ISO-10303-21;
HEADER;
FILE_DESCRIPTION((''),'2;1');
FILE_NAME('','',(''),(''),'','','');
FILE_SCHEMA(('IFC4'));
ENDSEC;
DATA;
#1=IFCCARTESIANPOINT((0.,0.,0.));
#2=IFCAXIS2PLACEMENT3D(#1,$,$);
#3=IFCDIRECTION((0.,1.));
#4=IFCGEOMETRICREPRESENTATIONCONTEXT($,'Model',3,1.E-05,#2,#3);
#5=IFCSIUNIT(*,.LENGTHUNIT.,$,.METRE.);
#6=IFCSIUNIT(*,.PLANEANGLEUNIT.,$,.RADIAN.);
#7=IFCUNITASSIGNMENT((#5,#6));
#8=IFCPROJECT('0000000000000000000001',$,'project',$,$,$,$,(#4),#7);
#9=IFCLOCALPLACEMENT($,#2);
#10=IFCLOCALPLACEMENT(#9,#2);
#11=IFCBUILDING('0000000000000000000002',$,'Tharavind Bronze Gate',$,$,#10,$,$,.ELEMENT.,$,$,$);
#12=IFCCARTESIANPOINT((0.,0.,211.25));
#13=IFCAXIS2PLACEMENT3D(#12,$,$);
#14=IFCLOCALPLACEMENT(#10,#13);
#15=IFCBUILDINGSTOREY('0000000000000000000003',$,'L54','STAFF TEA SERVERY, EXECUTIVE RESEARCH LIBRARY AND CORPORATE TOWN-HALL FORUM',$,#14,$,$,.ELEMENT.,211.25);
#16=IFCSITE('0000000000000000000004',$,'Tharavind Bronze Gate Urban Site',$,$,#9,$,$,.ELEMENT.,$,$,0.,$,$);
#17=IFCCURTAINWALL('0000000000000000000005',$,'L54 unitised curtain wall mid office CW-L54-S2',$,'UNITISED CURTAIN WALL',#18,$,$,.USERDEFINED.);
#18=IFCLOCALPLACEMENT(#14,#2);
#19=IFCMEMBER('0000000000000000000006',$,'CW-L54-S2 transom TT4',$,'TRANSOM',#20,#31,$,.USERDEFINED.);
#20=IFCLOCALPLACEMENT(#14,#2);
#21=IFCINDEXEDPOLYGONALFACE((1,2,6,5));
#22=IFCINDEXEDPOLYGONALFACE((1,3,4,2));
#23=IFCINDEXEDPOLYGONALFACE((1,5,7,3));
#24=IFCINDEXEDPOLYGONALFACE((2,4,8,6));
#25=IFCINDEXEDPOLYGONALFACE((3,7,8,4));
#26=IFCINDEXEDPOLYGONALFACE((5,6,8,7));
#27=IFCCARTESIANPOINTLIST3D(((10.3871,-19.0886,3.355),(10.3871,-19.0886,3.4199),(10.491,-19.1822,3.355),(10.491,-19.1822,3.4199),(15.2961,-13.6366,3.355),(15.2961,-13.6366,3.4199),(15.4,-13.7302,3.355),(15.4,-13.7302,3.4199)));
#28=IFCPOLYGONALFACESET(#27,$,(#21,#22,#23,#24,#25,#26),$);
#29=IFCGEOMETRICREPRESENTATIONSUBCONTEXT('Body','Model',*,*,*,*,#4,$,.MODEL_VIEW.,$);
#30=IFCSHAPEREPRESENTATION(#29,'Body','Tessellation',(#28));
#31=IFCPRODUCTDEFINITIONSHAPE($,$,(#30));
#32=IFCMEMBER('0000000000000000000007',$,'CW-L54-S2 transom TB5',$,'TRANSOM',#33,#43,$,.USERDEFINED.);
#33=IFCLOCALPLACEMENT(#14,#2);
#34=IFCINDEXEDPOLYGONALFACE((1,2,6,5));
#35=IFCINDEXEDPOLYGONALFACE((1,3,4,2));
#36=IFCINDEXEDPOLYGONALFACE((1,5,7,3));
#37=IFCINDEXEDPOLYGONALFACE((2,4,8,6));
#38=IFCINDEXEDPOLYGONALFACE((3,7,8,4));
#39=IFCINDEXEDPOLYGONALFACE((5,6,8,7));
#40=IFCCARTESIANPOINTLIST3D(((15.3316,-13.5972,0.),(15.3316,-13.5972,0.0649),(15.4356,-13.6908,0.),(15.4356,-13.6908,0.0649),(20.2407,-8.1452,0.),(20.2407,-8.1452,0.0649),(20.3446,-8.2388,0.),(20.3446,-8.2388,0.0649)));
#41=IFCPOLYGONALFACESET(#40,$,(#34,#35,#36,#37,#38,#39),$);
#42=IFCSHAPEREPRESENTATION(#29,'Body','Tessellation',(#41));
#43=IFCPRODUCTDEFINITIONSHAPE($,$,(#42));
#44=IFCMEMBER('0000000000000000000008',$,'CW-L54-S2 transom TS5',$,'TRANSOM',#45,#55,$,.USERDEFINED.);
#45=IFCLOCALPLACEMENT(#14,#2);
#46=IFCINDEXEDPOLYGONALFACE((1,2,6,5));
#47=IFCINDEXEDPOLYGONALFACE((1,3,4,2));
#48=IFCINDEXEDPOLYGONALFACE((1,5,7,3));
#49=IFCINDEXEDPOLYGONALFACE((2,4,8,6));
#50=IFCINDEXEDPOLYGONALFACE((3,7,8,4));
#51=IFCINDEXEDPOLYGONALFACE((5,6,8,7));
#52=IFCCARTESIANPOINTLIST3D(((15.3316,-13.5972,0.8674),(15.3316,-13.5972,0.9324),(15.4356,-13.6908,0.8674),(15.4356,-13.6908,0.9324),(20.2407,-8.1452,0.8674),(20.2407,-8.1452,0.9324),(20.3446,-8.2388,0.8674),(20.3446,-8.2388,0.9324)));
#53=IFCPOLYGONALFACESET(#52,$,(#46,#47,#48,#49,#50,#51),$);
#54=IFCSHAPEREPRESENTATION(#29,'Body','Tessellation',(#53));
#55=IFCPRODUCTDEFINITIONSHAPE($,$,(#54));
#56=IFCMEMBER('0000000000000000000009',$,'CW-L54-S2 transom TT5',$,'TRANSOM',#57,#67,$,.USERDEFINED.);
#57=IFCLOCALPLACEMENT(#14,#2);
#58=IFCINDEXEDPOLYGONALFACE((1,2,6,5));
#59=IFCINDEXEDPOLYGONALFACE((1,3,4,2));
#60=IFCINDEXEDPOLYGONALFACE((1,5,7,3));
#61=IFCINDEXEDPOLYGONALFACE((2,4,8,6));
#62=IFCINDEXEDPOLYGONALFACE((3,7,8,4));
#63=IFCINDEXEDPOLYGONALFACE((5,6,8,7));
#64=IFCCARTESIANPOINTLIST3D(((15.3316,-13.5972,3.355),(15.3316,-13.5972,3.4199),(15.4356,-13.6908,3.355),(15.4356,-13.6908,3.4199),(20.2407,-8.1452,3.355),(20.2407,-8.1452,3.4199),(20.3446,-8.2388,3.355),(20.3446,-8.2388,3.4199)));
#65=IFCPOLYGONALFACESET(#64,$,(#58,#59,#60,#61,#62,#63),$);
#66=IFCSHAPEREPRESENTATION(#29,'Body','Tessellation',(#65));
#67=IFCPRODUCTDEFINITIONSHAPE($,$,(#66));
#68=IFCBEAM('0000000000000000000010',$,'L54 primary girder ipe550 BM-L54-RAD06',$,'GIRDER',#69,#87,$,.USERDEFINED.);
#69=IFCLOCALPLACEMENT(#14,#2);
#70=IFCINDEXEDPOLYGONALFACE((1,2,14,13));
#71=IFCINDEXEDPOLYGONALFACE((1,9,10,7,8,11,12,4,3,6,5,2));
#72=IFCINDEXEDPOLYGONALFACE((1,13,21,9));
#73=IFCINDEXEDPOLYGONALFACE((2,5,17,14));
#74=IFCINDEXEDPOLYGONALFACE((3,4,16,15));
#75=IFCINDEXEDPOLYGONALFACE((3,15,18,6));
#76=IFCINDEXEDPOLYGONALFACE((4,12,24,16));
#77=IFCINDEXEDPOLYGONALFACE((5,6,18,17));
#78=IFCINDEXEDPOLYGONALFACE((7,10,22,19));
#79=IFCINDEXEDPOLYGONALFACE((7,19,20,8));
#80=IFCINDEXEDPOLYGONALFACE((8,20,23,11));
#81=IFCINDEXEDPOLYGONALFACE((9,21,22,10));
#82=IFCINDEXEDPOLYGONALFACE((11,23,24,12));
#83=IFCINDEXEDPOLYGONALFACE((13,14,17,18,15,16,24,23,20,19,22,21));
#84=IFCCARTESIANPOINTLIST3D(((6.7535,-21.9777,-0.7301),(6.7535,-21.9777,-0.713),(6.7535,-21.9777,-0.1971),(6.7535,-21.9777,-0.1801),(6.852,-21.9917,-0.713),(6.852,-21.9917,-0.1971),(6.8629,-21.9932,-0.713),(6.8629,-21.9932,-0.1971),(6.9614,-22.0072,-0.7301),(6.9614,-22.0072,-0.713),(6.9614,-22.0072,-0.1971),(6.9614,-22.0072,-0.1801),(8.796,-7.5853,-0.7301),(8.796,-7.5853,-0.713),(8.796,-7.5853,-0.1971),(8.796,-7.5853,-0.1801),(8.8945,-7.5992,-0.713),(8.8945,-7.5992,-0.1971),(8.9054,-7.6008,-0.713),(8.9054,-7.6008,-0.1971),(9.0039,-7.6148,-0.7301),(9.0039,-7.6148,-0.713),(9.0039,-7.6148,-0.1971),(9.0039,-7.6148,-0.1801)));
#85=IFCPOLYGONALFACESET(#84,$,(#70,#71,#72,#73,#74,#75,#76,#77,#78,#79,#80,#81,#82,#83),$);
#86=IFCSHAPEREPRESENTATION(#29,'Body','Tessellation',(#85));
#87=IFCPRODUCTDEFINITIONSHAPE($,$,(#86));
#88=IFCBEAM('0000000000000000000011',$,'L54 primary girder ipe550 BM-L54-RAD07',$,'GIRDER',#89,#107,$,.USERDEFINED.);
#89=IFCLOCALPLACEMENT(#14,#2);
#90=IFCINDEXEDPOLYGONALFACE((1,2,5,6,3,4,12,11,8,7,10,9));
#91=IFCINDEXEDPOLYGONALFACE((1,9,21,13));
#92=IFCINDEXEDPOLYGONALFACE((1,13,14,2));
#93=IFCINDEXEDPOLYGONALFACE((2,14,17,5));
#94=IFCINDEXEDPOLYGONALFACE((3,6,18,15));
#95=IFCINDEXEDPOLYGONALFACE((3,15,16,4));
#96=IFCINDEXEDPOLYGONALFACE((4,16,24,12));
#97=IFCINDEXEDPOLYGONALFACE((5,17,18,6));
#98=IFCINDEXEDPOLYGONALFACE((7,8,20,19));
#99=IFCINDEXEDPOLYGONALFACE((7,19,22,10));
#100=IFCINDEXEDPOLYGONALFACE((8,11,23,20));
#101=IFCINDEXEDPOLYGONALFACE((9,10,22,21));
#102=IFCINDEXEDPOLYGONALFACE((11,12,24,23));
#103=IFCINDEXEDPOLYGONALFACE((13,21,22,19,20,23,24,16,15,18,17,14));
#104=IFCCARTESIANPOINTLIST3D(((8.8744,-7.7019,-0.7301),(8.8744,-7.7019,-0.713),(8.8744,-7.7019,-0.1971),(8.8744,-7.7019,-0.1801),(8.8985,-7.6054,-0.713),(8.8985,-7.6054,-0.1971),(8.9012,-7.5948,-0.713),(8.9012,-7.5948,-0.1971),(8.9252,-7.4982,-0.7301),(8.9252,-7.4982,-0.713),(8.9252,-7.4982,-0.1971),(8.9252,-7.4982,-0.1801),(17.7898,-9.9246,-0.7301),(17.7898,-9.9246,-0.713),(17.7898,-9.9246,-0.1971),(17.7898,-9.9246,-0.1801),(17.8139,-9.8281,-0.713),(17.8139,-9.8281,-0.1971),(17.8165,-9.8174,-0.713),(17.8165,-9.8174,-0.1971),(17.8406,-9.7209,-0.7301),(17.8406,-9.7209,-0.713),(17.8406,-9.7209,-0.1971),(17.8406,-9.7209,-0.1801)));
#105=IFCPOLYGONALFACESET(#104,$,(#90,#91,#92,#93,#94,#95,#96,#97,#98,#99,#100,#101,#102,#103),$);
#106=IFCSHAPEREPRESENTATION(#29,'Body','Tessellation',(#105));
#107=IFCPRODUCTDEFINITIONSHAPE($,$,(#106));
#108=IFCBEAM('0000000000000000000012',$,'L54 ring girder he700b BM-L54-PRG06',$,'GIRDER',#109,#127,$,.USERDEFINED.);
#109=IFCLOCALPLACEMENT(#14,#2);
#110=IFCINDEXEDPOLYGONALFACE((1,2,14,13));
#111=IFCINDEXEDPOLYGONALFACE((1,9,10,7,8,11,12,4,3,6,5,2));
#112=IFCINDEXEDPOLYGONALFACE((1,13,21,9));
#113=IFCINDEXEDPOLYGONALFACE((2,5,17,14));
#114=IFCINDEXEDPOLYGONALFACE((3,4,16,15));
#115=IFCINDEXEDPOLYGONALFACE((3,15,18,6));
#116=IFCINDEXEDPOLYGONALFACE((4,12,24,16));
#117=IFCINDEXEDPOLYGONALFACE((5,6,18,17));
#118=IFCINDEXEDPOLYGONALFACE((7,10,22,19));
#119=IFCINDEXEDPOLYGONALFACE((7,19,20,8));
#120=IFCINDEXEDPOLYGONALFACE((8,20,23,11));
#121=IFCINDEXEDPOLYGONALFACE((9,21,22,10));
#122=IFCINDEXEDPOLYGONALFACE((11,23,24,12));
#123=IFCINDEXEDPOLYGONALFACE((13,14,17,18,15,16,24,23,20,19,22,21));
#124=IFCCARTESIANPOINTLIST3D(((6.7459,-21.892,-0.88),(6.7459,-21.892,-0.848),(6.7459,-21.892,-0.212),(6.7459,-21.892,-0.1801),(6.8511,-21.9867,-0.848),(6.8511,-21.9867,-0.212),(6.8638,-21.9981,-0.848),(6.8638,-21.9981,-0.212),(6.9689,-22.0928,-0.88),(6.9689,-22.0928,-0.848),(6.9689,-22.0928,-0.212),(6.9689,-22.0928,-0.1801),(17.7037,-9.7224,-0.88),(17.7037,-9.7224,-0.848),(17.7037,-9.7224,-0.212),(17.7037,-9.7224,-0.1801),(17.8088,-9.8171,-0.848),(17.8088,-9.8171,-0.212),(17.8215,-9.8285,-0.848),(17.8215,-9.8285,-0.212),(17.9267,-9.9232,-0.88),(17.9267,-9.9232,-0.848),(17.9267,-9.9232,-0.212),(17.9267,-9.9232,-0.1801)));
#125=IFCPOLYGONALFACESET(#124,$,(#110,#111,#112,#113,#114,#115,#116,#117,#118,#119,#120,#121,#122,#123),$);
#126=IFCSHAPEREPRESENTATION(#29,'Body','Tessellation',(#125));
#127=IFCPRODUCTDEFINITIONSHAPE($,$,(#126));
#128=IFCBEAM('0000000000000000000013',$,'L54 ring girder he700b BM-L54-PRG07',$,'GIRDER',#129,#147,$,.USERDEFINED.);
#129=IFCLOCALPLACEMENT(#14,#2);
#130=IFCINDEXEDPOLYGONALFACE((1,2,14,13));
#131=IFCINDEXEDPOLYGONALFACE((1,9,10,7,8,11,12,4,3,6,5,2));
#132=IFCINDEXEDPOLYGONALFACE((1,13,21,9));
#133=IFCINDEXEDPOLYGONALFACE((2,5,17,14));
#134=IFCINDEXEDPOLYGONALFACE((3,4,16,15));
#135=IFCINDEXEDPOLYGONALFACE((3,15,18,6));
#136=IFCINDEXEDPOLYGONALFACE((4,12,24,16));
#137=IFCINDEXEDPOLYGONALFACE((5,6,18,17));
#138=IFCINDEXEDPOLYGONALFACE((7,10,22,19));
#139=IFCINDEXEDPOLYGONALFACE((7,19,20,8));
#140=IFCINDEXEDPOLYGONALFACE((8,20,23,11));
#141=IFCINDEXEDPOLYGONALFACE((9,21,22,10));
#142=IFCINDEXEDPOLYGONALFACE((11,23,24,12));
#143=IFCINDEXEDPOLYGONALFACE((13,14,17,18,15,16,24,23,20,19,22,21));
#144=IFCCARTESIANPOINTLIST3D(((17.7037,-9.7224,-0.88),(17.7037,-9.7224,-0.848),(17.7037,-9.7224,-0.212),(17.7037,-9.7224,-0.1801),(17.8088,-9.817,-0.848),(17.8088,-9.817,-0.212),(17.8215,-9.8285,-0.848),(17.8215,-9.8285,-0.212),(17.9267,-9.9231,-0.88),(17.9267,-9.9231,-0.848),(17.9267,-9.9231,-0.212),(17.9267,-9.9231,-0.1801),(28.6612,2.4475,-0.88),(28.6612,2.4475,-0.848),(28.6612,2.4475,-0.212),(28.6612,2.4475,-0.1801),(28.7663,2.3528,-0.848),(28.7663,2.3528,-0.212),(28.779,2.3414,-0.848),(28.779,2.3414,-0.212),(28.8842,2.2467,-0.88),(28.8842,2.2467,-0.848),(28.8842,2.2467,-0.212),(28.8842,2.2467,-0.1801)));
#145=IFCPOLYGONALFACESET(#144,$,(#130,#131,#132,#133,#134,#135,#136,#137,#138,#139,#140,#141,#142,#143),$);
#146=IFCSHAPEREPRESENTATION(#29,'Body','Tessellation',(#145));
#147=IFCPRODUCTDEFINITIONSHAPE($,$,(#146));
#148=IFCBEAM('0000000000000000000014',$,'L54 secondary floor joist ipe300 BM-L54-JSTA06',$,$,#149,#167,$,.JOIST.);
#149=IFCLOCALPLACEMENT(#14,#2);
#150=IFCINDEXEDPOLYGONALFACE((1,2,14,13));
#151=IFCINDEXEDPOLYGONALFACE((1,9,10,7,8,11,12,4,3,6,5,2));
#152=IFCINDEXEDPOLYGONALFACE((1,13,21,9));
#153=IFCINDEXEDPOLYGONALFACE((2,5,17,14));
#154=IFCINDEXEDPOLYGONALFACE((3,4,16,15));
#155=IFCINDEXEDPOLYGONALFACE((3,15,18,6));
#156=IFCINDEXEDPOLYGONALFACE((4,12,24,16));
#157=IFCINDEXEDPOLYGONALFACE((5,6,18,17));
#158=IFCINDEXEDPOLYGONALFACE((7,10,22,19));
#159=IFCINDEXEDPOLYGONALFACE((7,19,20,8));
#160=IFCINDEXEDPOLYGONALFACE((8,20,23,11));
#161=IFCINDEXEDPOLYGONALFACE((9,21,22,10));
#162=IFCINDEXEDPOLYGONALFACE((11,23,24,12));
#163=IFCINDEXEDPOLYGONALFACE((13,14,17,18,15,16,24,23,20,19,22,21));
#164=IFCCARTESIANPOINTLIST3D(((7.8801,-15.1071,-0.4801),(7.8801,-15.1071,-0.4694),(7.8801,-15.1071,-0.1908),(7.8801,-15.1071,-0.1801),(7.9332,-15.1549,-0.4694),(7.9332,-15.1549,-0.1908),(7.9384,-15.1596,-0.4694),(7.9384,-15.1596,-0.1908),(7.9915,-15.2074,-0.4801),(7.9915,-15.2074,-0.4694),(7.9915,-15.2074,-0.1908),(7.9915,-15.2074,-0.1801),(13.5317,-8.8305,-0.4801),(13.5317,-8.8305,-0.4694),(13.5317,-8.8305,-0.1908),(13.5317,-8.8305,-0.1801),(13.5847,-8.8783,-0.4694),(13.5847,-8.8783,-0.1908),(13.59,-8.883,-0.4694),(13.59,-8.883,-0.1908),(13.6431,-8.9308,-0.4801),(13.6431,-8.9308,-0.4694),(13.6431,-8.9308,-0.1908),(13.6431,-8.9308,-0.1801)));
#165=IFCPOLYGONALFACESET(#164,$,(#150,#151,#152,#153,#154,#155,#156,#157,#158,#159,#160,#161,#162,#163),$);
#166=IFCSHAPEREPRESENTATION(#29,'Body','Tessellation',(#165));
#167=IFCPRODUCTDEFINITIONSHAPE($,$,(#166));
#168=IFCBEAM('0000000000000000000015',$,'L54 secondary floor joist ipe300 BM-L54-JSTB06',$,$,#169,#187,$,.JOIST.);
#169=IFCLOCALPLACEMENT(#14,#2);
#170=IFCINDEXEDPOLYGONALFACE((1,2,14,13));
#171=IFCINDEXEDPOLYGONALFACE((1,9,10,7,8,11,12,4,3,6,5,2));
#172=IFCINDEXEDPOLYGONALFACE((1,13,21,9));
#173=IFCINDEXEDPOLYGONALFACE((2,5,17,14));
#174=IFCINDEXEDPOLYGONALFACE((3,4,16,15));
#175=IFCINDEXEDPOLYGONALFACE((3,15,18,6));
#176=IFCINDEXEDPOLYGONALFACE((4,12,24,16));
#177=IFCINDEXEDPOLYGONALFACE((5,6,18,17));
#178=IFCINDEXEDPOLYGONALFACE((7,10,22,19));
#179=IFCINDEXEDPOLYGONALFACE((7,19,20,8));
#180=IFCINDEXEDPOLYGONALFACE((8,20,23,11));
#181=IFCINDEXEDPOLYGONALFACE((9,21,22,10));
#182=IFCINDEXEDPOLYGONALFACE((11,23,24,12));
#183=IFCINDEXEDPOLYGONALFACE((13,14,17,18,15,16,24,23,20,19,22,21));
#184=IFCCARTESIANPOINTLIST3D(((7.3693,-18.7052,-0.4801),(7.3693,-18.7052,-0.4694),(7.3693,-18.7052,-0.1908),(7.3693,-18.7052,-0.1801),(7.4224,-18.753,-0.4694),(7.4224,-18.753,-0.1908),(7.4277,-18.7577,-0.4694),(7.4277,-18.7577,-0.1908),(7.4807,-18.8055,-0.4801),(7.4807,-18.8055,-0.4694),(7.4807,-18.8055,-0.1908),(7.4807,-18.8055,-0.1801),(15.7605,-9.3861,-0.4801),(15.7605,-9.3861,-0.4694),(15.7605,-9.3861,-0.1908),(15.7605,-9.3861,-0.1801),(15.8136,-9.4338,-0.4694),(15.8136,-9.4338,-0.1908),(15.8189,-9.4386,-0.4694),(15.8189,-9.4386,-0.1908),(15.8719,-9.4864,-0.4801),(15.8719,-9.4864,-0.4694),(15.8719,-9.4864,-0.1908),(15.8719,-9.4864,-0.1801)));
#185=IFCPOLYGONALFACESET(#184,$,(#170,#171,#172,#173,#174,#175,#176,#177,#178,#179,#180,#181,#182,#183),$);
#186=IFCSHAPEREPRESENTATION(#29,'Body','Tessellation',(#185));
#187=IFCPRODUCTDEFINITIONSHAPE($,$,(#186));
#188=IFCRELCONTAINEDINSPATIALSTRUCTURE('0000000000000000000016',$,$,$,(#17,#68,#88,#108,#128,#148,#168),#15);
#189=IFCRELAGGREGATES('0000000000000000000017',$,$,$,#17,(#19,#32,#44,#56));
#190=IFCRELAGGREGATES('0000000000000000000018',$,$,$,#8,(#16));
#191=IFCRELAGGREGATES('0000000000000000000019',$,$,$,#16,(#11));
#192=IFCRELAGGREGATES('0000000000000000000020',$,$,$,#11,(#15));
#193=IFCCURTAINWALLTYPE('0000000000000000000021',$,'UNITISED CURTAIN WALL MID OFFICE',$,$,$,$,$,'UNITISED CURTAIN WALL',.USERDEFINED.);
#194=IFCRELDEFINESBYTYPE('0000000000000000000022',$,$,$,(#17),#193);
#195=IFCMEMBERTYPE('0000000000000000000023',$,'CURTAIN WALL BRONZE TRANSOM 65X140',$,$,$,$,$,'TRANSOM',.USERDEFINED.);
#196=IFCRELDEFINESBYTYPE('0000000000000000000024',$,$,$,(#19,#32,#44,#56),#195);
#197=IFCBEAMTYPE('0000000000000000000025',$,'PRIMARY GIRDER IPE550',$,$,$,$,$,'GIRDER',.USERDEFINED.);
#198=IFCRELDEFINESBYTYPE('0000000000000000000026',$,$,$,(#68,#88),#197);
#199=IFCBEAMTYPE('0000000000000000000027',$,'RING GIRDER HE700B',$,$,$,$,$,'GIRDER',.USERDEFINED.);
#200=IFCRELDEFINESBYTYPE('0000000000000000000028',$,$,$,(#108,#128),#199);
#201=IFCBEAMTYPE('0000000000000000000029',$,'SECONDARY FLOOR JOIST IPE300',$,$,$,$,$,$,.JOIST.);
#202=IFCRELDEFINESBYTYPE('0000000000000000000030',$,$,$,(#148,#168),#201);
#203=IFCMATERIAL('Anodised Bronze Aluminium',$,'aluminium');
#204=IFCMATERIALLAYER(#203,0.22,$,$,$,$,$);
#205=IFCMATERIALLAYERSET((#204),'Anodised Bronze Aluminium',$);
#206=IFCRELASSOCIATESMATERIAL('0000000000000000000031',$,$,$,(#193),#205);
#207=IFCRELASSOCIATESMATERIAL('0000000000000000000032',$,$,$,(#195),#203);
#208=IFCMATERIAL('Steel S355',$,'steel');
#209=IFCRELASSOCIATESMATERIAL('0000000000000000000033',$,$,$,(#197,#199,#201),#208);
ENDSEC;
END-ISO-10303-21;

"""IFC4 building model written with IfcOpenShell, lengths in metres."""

from ifc_helpers import new_model, si_unit, direction, frame, origin, origin_2d, place, context, subcontext, project, spatial, rectangle, i_section, extrude, material, layer, layer_set, material_profile, profile_set, type_object, element, aggregate, save


model = new_model("IFC4")

# Units and contexts
model_context = context("Model", 3, precision=1e-05, world=origin(), true_north=direction((0.0, 1.0)))
body_context = subcontext(model_context, "Body", "Model", "MODEL_VIEW")
ifc_project = project(units=[si_unit("LENGTHUNIT", "METRE"), si_unit("PLANEANGLEUNIT", "RADIAN")], contexts=[model_context])

# Site, building, storey
site_placement = place(None, origin())
site = spatial("IfcSite", under=ifc_project, at=site_placement, Name="Tharavind Bronze Gate Urban Site", CompositionType="ELEMENT", RefElevation=0.0)
building_placement = place(site_placement, origin())
building = spatial("IfcBuilding", under=site, at=building_placement, Name="Tharavind Bronze Gate", CompositionType="ELEMENT")
storey_placement = place(building_placement, frame((0.0, 0.0, 211.25)))
storey = spatial("IfcBuildingStorey", under=building, at=storey_placement, Name="L54", Description="STAFF TEA SERVERY, EXECUTIVE RESEARCH LIBRARY AND CORPORATE TOWN-HALL FORUM", CompositionType="ELEMENT", Elevation=211.25)

# Curtain wall, members
ifc_material_1 = material(Name="Anodised Bronze Aluminium", Category="aluminium")
ifc_layer_1 = layer(ifc_material_1, 0.22)
ifc_layer_set_1 = layer_set([ifc_layer_1], Name="Anodised Bronze Aluminium")
curtain_wall_type = type_object("IfcCurtainWallType", Name="UNITISED CURTAIN WALL MID OFFICE", ElementType="UNITISED CURTAIN WALL", PredefinedType="USERDEFINED", material=ifc_layer_set_1)
curtain_wall_placement = place(storey_placement, origin())
curtain_wall = element("IfcCurtainWall", 1, at=curtain_wall_placement, inside=storey, type_object=curtain_wall_type, Name="L54 unitised curtain wall mid office CW-L54-S2", ObjectType="UNITISED CURTAIN WALL", PredefinedType="USERDEFINED")
member_type_1 = type_object("IfcMemberType", Name="CURTAIN WALL BRONZE TRANSOM 65X140", ElementType="TRANSOM", PredefinedType="USERDEFINED", material=ifc_material_1)
member_1_placement = place(storey_placement, frame((12.8936, -16.4094, 3.355), z_axis=(0.0, 0.0, 1.0), x_axis=(0.669131, 0.743145, 0.0)))
member_1 = element("IfcMember", 2, at=member_1_placement, type_object=member_type_1, Name="CW-L54-S2 transom TT4", ObjectType="TRANSOM", PredefinedType="USERDEFINED", context=body_context, shape_type="SweptSolid", body=[
    extrude(rectangle(XDim=7.3364, YDim=0.1399, at=origin_2d()), origin(), (0.0, 0.0, 1.0), 0.0649),
])
member_2_placement = place(storey_placement, frame((17.8381, -10.918, 0.0), z_axis=(0.0, 0.0, 1.0), x_axis=(0.669131, 0.743145, 0.0)))
member_2 = element("IfcMember", 3, at=member_2_placement, type_object=member_type_1, Name="CW-L54-S2 transom TB5", ObjectType="TRANSOM", PredefinedType="USERDEFINED", context=body_context, shape_type="SweptSolid", body=[
    extrude(rectangle(XDim=7.3364, YDim=0.1399, at=origin_2d()), origin(), (0.0, 0.0, 1.0), 0.0649),
])
member_3_placement = place(storey_placement, frame((17.8381, -10.918, 0.8674), z_axis=(0.0, 0.0, 1.0), x_axis=(0.669131, 0.743145, 0.0)))
member_3 = element("IfcMember", 4, at=member_3_placement, type_object=member_type_1, Name="CW-L54-S2 transom TS5", ObjectType="TRANSOM", PredefinedType="USERDEFINED", context=body_context, shape_type="SweptSolid", body=[
    extrude(rectangle(XDim=7.3364, YDim=0.1399, at=origin_2d()), origin(), (0.0, 0.0, 1.0), 0.0649),
])
member_4_placement = place(storey_placement, frame((17.8381, -10.918, 3.355), z_axis=(0.0, 0.0, 1.0), x_axis=(0.669131, 0.743145, 0.0)))
member_4 = element("IfcMember", 5, at=member_4_placement, type_object=member_type_1, Name="CW-L54-S2 transom TT5", ObjectType="TRANSOM", PredefinedType="USERDEFINED", context=body_context, shape_type="SweptSolid", body=[
    extrude(rectangle(XDim=7.3364, YDim=0.1399, at=origin_2d()), origin(), (0.0, 0.0, 1.0), 0.0649),
])

# Beams
ifc_material_2 = material(Name="Steel S355", Category="steel")
ifc_material_profile_1 = material_profile(ifc_material_2, i_section(OverallWidth=0.21, OverallDepth=0.55, WebThickness=0.011, FlangeThickness=0.0171, at=origin_2d()), Name="IPE550")
ifc_profile_set_1 = profile_set([ifc_material_profile_1], Name="Steel S355")
beam_type_1 = type_object("IfcBeamType", Name="PRIMARY GIRDER IPE550", ElementType="GIRDER", PredefinedType="USERDEFINED", material=ifc_profile_set_1)
beam_1_placement = place(storey_placement, frame((6.8574, -21.9924, -0.4551), z_axis=(0.140507, 0.99008, 0.0), x_axis=(-0.99008, 0.140507, 0.0)))
element("IfcBeam", 6, at=beam_1_placement, inside=storey, type_object=beam_type_1, Name="L54 primary girder ipe550 BM-L54-RAD06", ObjectType="GIRDER", PredefinedType="USERDEFINED", context=body_context, shape_type="SweptSolid", body=[
    extrude(i_section(OverallWidth=0.21, OverallDepth=0.55, WebThickness=0.011, FlangeThickness=0.0171, at=origin_2d()), origin(), (0.0, 0.0, 1.0), 14.5366),
])
beam_2_placement = place(storey_placement, frame((17.8152, -9.8228, -0.4551), z_axis=(-0.9703, 0.241904, 0.0), x_axis=(-0.241904, -0.9703, 0.0)))
element("IfcBeam", 7, at=beam_2_placement, inside=storey, type_object=beam_type_1, Name="L54 primary girder ipe550 BM-L54-RAD07", ObjectType="GIRDER", PredefinedType="USERDEFINED", context=body_context, shape_type="SweptSolid", body=[
    extrude(i_section(OverallWidth=0.21, OverallDepth=0.55, WebThickness=0.011, FlangeThickness=0.0171, at=origin_2d()), origin(), (0.0, 0.0, 1.0), 9.1882),
])
ifc_material_profile_2 = material_profile(ifc_material_2, i_section(OverallWidth=0.3, OverallDepth=0.7, WebThickness=0.0171, FlangeThickness=0.032, at=origin_2d()), Name="HE700B")
ifc_profile_set_2 = profile_set([ifc_material_profile_2], Name="Steel S355")
beam_type_2 = type_object("IfcBeamType", Name="RING GIRDER HE700B", ElementType="GIRDER", PredefinedType="USERDEFINED", material=ifc_profile_set_2)
for number, where, z_axis, x_axis, name in (
    (8, (6.8574, -21.9924, -0.53), (0.669135, 0.743141, 0.0), (-0.743141, 0.669135, 0.0), "L54 ring girder he700b BM-L54-PRG06"),
    (9, (17.8152, -9.8228, -0.53), (0.66912, 0.743155, 0.0), (-0.743155, 0.66912, 0.0), "L54 ring girder he700b BM-L54-PRG07"),
):
    element("IfcBeam", number, at=place(storey_placement, frame(where, z_axis=z_axis, x_axis=x_axis)), inside=storey, type_object=beam_type_2, Name=name, ObjectType="GIRDER", PredefinedType="USERDEFINED", context=body_context, shape_type="SweptSolid", body=[
        extrude(i_section(OverallWidth=0.3, OverallDepth=0.7, WebThickness=0.0171, FlangeThickness=0.032, at=origin_2d()), origin(), (0.0, 0.0, 1.0), 16.376),
    ])
ifc_material_profile_3 = material_profile(ifc_material_2, i_section(OverallWidth=0.1499, OverallDepth=0.3, WebThickness=0.0071, FlangeThickness=0.0107, at=origin_2d()), Name="IPE300")
ifc_profile_set_3 = profile_set([ifc_material_profile_3], Name="Steel S355")
beam_type_3 = type_object("IfcBeamType", Name="SECONDARY FLOOR JOIST IPE300", PredefinedType="JOIST", material=ifc_profile_set_3)
beam_3_placement = place(storey_placement, frame((7.9358, -15.1572, -0.3301), z_axis=(0.669139, 0.743137, 0.0), x_axis=(-0.743137, 0.669139, 0.0)))
element("IfcBeam", 10, at=beam_3_placement, inside=storey, type_object=beam_type_3, Name="L54 secondary floor joist ipe300 BM-L54-JSTA06", PredefinedType="JOIST", context=body_context, shape_type="SweptSolid", body=[
    extrude(i_section(OverallWidth=0.1499, OverallDepth=0.3, WebThickness=0.0071, FlangeThickness=0.0107, at=origin_2d()), origin(), (0.0, 0.0, 1.0), 8.446),
])
beam_4_placement = place(storey_placement, frame((7.425, -18.7554, -0.3301), z_axis=(0.669138, 0.743138, 0.0), x_axis=(-0.743138, 0.669138, 0.0)))
element("IfcBeam", 11, at=beam_4_placement, inside=storey, type_object=beam_type_3, Name="L54 secondary floor joist ipe300 BM-L54-JSTB06", PredefinedType="JOIST", context=body_context, shape_type="SweptSolid", body=[
    extrude(i_section(OverallWidth=0.1499, OverallDepth=0.3, WebThickness=0.0071, FlangeThickness=0.0107, at=origin_2d()), origin(), (0.0, 0.0, 1.0), 12.5403),
])

aggregate(curtain_wall, [member_1, member_2, member_3, member_4])

save(model, "model.ifc")
